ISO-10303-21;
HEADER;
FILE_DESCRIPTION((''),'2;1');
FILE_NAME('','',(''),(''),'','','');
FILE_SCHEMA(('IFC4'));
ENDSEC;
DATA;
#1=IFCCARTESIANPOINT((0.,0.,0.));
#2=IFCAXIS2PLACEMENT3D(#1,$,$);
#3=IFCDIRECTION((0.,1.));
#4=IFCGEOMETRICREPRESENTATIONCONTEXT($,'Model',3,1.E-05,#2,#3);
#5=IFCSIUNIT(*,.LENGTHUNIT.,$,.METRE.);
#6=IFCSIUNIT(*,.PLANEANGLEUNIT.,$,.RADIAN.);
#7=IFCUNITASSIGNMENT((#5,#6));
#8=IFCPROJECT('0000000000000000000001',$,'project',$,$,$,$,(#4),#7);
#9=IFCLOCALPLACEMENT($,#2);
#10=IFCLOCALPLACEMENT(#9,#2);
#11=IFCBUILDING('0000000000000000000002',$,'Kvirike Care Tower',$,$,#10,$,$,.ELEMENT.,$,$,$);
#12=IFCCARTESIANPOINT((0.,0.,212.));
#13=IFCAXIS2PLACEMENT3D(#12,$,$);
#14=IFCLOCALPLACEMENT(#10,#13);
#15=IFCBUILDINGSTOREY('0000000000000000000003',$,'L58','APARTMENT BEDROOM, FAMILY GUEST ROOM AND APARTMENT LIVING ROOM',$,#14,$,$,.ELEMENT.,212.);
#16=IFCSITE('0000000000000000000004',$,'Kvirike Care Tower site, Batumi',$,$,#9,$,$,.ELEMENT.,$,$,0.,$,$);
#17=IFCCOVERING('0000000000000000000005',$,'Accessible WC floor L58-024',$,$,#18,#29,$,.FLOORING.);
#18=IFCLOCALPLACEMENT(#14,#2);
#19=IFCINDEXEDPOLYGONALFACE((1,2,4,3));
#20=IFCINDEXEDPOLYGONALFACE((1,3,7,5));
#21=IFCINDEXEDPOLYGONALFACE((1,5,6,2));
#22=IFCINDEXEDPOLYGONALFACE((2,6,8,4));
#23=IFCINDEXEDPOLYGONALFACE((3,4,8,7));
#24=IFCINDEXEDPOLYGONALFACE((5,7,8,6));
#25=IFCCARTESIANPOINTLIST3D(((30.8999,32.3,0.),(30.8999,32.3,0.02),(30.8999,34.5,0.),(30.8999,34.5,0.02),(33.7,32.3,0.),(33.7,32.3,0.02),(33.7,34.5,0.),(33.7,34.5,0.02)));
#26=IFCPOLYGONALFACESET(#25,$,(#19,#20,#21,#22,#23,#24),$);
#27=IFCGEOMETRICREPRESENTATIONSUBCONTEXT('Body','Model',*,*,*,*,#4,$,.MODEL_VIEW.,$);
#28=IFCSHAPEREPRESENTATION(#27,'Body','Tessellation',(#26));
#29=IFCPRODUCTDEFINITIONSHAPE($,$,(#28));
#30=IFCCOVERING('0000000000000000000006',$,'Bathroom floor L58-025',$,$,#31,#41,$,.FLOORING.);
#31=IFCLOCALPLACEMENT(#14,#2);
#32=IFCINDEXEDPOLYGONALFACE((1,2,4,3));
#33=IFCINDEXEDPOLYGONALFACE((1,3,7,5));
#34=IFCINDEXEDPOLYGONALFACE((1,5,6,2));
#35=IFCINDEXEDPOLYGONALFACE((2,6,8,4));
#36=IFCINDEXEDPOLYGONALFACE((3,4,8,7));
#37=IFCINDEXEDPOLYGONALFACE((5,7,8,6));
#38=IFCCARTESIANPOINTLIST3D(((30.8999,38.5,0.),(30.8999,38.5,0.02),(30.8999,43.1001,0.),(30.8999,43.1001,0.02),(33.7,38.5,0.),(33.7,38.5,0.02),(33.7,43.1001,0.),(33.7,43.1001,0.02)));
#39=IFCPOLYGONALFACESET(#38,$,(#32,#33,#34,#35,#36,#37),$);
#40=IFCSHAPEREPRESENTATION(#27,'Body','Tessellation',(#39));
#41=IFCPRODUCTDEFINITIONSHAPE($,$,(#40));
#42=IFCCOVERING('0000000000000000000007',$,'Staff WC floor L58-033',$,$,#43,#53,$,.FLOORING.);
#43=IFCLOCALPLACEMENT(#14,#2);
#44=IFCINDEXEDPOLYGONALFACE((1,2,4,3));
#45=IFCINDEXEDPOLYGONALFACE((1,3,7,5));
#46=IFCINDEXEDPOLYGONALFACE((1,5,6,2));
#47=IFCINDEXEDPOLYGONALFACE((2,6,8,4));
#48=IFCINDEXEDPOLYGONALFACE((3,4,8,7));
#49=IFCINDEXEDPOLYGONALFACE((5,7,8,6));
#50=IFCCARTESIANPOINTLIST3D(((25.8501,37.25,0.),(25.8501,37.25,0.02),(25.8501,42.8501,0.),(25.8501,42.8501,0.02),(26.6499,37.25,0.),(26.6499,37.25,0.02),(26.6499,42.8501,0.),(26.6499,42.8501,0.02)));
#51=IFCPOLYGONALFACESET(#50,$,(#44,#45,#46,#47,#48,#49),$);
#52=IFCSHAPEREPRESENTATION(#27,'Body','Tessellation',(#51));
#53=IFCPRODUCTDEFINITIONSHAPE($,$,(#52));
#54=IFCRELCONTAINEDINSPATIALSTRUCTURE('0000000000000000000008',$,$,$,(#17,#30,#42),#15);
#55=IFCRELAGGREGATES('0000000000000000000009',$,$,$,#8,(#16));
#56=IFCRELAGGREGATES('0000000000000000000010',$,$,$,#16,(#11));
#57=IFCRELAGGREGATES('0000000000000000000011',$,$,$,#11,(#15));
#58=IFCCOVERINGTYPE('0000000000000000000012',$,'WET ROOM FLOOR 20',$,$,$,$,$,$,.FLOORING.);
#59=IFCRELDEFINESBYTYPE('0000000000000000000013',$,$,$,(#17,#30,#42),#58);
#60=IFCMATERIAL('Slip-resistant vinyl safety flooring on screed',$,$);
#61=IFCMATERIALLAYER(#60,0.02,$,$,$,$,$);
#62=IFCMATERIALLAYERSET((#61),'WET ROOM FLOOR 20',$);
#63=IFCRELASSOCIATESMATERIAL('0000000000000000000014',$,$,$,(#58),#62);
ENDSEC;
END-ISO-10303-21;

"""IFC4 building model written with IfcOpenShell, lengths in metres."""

from ifc_helpers import new_model, si_unit, direction, frame, origin, place, context, subcontext, project, spatial, polyline, outline, extrude, material, layer, layer_set, type_object, element, save


model = new_model("IFC4")

# Units and contexts
model_context = context("Model", 3, precision=1e-05, world=origin(), true_north=direction((0.0, 1.0)))
body_context = subcontext(model_context, "Body", "Model", "MODEL_VIEW")
ifc_project = project(units=[si_unit("LENGTHUNIT", "METRE"), si_unit("PLANEANGLEUNIT", "RADIAN")], contexts=[model_context])

# Site, building, storey
site_placement = place(None, origin())
site = spatial("IfcSite", under=ifc_project, at=site_placement, Name="Kvirike Care Tower site, Batumi", CompositionType="ELEMENT", RefElevation=0.0)
building_placement = place(site_placement, origin())
building = spatial("IfcBuilding", under=site, at=building_placement, Name="Kvirike Care Tower", CompositionType="ELEMENT")
storey_placement = place(building_placement, frame((0.0, 0.0, 212.0)))
storey = spatial("IfcBuildingStorey", under=building, at=storey_placement, Name="L58", Description="APARTMENT BEDROOM, FAMILY GUEST ROOM AND APARTMENT LIVING ROOM", CompositionType="ELEMENT", Elevation=212.0)

# Coverings
ifc_material_1 = material(Name="Slip-resistant vinyl safety flooring on screed")
ifc_layer_1 = layer(ifc_material_1, 0.02)
ifc_layer_set_1 = layer_set([ifc_layer_1], Name="WET ROOM FLOOR 20")
covering_type_1 = type_object("IfcCoveringType", Name="WET ROOM FLOOR 20", PredefinedType="FLOORING", material=ifc_layer_set_1)
covering_1_placement = place(storey_placement, origin())
element("IfcCovering", 1, at=covering_1_placement, inside=storey, type_object=covering_type_1, Name="Accessible WC floor L58-024", PredefinedType="FLOORING", context=body_context, shape_type="SweptSolid", body=[
    extrude(outline(polyline([(33.7, 32.3), (30.8999, 32.3), (30.8999, 34.5), (33.7, 34.5), (33.7, 32.3)])), origin(), (0.0, 0.0, 1.0), 0.02),
])
covering_2_placement = place(storey_placement, origin())
element("IfcCovering", 2, at=covering_2_placement, inside=storey, type_object=covering_type_1, Name="Bathroom floor L58-025", PredefinedType="FLOORING", context=body_context, shape_type="SweptSolid", body=[
    extrude(outline(polyline([(33.7, 38.5), (30.8999, 38.5), (30.8999, 43.1001), (33.7, 43.1001), (33.7, 38.5)])), origin(), (0.0, 0.0, 1.0), 0.02),
])
covering_3_placement = place(storey_placement, origin())
element("IfcCovering", 3, at=covering_3_placement, inside=storey, type_object=covering_type_1, Name="Staff WC floor L58-033", PredefinedType="FLOORING", context=body_context, shape_type="SweptSolid", body=[
    extrude(outline(polyline([(26.6499, 37.25), (25.8501, 37.25), (25.8501, 42.8501), (26.6499, 42.8501), (26.6499, 37.25)])), origin(), (0.0, 0.0, 1.0), 0.02),
])

save(model, "model.ifc")
